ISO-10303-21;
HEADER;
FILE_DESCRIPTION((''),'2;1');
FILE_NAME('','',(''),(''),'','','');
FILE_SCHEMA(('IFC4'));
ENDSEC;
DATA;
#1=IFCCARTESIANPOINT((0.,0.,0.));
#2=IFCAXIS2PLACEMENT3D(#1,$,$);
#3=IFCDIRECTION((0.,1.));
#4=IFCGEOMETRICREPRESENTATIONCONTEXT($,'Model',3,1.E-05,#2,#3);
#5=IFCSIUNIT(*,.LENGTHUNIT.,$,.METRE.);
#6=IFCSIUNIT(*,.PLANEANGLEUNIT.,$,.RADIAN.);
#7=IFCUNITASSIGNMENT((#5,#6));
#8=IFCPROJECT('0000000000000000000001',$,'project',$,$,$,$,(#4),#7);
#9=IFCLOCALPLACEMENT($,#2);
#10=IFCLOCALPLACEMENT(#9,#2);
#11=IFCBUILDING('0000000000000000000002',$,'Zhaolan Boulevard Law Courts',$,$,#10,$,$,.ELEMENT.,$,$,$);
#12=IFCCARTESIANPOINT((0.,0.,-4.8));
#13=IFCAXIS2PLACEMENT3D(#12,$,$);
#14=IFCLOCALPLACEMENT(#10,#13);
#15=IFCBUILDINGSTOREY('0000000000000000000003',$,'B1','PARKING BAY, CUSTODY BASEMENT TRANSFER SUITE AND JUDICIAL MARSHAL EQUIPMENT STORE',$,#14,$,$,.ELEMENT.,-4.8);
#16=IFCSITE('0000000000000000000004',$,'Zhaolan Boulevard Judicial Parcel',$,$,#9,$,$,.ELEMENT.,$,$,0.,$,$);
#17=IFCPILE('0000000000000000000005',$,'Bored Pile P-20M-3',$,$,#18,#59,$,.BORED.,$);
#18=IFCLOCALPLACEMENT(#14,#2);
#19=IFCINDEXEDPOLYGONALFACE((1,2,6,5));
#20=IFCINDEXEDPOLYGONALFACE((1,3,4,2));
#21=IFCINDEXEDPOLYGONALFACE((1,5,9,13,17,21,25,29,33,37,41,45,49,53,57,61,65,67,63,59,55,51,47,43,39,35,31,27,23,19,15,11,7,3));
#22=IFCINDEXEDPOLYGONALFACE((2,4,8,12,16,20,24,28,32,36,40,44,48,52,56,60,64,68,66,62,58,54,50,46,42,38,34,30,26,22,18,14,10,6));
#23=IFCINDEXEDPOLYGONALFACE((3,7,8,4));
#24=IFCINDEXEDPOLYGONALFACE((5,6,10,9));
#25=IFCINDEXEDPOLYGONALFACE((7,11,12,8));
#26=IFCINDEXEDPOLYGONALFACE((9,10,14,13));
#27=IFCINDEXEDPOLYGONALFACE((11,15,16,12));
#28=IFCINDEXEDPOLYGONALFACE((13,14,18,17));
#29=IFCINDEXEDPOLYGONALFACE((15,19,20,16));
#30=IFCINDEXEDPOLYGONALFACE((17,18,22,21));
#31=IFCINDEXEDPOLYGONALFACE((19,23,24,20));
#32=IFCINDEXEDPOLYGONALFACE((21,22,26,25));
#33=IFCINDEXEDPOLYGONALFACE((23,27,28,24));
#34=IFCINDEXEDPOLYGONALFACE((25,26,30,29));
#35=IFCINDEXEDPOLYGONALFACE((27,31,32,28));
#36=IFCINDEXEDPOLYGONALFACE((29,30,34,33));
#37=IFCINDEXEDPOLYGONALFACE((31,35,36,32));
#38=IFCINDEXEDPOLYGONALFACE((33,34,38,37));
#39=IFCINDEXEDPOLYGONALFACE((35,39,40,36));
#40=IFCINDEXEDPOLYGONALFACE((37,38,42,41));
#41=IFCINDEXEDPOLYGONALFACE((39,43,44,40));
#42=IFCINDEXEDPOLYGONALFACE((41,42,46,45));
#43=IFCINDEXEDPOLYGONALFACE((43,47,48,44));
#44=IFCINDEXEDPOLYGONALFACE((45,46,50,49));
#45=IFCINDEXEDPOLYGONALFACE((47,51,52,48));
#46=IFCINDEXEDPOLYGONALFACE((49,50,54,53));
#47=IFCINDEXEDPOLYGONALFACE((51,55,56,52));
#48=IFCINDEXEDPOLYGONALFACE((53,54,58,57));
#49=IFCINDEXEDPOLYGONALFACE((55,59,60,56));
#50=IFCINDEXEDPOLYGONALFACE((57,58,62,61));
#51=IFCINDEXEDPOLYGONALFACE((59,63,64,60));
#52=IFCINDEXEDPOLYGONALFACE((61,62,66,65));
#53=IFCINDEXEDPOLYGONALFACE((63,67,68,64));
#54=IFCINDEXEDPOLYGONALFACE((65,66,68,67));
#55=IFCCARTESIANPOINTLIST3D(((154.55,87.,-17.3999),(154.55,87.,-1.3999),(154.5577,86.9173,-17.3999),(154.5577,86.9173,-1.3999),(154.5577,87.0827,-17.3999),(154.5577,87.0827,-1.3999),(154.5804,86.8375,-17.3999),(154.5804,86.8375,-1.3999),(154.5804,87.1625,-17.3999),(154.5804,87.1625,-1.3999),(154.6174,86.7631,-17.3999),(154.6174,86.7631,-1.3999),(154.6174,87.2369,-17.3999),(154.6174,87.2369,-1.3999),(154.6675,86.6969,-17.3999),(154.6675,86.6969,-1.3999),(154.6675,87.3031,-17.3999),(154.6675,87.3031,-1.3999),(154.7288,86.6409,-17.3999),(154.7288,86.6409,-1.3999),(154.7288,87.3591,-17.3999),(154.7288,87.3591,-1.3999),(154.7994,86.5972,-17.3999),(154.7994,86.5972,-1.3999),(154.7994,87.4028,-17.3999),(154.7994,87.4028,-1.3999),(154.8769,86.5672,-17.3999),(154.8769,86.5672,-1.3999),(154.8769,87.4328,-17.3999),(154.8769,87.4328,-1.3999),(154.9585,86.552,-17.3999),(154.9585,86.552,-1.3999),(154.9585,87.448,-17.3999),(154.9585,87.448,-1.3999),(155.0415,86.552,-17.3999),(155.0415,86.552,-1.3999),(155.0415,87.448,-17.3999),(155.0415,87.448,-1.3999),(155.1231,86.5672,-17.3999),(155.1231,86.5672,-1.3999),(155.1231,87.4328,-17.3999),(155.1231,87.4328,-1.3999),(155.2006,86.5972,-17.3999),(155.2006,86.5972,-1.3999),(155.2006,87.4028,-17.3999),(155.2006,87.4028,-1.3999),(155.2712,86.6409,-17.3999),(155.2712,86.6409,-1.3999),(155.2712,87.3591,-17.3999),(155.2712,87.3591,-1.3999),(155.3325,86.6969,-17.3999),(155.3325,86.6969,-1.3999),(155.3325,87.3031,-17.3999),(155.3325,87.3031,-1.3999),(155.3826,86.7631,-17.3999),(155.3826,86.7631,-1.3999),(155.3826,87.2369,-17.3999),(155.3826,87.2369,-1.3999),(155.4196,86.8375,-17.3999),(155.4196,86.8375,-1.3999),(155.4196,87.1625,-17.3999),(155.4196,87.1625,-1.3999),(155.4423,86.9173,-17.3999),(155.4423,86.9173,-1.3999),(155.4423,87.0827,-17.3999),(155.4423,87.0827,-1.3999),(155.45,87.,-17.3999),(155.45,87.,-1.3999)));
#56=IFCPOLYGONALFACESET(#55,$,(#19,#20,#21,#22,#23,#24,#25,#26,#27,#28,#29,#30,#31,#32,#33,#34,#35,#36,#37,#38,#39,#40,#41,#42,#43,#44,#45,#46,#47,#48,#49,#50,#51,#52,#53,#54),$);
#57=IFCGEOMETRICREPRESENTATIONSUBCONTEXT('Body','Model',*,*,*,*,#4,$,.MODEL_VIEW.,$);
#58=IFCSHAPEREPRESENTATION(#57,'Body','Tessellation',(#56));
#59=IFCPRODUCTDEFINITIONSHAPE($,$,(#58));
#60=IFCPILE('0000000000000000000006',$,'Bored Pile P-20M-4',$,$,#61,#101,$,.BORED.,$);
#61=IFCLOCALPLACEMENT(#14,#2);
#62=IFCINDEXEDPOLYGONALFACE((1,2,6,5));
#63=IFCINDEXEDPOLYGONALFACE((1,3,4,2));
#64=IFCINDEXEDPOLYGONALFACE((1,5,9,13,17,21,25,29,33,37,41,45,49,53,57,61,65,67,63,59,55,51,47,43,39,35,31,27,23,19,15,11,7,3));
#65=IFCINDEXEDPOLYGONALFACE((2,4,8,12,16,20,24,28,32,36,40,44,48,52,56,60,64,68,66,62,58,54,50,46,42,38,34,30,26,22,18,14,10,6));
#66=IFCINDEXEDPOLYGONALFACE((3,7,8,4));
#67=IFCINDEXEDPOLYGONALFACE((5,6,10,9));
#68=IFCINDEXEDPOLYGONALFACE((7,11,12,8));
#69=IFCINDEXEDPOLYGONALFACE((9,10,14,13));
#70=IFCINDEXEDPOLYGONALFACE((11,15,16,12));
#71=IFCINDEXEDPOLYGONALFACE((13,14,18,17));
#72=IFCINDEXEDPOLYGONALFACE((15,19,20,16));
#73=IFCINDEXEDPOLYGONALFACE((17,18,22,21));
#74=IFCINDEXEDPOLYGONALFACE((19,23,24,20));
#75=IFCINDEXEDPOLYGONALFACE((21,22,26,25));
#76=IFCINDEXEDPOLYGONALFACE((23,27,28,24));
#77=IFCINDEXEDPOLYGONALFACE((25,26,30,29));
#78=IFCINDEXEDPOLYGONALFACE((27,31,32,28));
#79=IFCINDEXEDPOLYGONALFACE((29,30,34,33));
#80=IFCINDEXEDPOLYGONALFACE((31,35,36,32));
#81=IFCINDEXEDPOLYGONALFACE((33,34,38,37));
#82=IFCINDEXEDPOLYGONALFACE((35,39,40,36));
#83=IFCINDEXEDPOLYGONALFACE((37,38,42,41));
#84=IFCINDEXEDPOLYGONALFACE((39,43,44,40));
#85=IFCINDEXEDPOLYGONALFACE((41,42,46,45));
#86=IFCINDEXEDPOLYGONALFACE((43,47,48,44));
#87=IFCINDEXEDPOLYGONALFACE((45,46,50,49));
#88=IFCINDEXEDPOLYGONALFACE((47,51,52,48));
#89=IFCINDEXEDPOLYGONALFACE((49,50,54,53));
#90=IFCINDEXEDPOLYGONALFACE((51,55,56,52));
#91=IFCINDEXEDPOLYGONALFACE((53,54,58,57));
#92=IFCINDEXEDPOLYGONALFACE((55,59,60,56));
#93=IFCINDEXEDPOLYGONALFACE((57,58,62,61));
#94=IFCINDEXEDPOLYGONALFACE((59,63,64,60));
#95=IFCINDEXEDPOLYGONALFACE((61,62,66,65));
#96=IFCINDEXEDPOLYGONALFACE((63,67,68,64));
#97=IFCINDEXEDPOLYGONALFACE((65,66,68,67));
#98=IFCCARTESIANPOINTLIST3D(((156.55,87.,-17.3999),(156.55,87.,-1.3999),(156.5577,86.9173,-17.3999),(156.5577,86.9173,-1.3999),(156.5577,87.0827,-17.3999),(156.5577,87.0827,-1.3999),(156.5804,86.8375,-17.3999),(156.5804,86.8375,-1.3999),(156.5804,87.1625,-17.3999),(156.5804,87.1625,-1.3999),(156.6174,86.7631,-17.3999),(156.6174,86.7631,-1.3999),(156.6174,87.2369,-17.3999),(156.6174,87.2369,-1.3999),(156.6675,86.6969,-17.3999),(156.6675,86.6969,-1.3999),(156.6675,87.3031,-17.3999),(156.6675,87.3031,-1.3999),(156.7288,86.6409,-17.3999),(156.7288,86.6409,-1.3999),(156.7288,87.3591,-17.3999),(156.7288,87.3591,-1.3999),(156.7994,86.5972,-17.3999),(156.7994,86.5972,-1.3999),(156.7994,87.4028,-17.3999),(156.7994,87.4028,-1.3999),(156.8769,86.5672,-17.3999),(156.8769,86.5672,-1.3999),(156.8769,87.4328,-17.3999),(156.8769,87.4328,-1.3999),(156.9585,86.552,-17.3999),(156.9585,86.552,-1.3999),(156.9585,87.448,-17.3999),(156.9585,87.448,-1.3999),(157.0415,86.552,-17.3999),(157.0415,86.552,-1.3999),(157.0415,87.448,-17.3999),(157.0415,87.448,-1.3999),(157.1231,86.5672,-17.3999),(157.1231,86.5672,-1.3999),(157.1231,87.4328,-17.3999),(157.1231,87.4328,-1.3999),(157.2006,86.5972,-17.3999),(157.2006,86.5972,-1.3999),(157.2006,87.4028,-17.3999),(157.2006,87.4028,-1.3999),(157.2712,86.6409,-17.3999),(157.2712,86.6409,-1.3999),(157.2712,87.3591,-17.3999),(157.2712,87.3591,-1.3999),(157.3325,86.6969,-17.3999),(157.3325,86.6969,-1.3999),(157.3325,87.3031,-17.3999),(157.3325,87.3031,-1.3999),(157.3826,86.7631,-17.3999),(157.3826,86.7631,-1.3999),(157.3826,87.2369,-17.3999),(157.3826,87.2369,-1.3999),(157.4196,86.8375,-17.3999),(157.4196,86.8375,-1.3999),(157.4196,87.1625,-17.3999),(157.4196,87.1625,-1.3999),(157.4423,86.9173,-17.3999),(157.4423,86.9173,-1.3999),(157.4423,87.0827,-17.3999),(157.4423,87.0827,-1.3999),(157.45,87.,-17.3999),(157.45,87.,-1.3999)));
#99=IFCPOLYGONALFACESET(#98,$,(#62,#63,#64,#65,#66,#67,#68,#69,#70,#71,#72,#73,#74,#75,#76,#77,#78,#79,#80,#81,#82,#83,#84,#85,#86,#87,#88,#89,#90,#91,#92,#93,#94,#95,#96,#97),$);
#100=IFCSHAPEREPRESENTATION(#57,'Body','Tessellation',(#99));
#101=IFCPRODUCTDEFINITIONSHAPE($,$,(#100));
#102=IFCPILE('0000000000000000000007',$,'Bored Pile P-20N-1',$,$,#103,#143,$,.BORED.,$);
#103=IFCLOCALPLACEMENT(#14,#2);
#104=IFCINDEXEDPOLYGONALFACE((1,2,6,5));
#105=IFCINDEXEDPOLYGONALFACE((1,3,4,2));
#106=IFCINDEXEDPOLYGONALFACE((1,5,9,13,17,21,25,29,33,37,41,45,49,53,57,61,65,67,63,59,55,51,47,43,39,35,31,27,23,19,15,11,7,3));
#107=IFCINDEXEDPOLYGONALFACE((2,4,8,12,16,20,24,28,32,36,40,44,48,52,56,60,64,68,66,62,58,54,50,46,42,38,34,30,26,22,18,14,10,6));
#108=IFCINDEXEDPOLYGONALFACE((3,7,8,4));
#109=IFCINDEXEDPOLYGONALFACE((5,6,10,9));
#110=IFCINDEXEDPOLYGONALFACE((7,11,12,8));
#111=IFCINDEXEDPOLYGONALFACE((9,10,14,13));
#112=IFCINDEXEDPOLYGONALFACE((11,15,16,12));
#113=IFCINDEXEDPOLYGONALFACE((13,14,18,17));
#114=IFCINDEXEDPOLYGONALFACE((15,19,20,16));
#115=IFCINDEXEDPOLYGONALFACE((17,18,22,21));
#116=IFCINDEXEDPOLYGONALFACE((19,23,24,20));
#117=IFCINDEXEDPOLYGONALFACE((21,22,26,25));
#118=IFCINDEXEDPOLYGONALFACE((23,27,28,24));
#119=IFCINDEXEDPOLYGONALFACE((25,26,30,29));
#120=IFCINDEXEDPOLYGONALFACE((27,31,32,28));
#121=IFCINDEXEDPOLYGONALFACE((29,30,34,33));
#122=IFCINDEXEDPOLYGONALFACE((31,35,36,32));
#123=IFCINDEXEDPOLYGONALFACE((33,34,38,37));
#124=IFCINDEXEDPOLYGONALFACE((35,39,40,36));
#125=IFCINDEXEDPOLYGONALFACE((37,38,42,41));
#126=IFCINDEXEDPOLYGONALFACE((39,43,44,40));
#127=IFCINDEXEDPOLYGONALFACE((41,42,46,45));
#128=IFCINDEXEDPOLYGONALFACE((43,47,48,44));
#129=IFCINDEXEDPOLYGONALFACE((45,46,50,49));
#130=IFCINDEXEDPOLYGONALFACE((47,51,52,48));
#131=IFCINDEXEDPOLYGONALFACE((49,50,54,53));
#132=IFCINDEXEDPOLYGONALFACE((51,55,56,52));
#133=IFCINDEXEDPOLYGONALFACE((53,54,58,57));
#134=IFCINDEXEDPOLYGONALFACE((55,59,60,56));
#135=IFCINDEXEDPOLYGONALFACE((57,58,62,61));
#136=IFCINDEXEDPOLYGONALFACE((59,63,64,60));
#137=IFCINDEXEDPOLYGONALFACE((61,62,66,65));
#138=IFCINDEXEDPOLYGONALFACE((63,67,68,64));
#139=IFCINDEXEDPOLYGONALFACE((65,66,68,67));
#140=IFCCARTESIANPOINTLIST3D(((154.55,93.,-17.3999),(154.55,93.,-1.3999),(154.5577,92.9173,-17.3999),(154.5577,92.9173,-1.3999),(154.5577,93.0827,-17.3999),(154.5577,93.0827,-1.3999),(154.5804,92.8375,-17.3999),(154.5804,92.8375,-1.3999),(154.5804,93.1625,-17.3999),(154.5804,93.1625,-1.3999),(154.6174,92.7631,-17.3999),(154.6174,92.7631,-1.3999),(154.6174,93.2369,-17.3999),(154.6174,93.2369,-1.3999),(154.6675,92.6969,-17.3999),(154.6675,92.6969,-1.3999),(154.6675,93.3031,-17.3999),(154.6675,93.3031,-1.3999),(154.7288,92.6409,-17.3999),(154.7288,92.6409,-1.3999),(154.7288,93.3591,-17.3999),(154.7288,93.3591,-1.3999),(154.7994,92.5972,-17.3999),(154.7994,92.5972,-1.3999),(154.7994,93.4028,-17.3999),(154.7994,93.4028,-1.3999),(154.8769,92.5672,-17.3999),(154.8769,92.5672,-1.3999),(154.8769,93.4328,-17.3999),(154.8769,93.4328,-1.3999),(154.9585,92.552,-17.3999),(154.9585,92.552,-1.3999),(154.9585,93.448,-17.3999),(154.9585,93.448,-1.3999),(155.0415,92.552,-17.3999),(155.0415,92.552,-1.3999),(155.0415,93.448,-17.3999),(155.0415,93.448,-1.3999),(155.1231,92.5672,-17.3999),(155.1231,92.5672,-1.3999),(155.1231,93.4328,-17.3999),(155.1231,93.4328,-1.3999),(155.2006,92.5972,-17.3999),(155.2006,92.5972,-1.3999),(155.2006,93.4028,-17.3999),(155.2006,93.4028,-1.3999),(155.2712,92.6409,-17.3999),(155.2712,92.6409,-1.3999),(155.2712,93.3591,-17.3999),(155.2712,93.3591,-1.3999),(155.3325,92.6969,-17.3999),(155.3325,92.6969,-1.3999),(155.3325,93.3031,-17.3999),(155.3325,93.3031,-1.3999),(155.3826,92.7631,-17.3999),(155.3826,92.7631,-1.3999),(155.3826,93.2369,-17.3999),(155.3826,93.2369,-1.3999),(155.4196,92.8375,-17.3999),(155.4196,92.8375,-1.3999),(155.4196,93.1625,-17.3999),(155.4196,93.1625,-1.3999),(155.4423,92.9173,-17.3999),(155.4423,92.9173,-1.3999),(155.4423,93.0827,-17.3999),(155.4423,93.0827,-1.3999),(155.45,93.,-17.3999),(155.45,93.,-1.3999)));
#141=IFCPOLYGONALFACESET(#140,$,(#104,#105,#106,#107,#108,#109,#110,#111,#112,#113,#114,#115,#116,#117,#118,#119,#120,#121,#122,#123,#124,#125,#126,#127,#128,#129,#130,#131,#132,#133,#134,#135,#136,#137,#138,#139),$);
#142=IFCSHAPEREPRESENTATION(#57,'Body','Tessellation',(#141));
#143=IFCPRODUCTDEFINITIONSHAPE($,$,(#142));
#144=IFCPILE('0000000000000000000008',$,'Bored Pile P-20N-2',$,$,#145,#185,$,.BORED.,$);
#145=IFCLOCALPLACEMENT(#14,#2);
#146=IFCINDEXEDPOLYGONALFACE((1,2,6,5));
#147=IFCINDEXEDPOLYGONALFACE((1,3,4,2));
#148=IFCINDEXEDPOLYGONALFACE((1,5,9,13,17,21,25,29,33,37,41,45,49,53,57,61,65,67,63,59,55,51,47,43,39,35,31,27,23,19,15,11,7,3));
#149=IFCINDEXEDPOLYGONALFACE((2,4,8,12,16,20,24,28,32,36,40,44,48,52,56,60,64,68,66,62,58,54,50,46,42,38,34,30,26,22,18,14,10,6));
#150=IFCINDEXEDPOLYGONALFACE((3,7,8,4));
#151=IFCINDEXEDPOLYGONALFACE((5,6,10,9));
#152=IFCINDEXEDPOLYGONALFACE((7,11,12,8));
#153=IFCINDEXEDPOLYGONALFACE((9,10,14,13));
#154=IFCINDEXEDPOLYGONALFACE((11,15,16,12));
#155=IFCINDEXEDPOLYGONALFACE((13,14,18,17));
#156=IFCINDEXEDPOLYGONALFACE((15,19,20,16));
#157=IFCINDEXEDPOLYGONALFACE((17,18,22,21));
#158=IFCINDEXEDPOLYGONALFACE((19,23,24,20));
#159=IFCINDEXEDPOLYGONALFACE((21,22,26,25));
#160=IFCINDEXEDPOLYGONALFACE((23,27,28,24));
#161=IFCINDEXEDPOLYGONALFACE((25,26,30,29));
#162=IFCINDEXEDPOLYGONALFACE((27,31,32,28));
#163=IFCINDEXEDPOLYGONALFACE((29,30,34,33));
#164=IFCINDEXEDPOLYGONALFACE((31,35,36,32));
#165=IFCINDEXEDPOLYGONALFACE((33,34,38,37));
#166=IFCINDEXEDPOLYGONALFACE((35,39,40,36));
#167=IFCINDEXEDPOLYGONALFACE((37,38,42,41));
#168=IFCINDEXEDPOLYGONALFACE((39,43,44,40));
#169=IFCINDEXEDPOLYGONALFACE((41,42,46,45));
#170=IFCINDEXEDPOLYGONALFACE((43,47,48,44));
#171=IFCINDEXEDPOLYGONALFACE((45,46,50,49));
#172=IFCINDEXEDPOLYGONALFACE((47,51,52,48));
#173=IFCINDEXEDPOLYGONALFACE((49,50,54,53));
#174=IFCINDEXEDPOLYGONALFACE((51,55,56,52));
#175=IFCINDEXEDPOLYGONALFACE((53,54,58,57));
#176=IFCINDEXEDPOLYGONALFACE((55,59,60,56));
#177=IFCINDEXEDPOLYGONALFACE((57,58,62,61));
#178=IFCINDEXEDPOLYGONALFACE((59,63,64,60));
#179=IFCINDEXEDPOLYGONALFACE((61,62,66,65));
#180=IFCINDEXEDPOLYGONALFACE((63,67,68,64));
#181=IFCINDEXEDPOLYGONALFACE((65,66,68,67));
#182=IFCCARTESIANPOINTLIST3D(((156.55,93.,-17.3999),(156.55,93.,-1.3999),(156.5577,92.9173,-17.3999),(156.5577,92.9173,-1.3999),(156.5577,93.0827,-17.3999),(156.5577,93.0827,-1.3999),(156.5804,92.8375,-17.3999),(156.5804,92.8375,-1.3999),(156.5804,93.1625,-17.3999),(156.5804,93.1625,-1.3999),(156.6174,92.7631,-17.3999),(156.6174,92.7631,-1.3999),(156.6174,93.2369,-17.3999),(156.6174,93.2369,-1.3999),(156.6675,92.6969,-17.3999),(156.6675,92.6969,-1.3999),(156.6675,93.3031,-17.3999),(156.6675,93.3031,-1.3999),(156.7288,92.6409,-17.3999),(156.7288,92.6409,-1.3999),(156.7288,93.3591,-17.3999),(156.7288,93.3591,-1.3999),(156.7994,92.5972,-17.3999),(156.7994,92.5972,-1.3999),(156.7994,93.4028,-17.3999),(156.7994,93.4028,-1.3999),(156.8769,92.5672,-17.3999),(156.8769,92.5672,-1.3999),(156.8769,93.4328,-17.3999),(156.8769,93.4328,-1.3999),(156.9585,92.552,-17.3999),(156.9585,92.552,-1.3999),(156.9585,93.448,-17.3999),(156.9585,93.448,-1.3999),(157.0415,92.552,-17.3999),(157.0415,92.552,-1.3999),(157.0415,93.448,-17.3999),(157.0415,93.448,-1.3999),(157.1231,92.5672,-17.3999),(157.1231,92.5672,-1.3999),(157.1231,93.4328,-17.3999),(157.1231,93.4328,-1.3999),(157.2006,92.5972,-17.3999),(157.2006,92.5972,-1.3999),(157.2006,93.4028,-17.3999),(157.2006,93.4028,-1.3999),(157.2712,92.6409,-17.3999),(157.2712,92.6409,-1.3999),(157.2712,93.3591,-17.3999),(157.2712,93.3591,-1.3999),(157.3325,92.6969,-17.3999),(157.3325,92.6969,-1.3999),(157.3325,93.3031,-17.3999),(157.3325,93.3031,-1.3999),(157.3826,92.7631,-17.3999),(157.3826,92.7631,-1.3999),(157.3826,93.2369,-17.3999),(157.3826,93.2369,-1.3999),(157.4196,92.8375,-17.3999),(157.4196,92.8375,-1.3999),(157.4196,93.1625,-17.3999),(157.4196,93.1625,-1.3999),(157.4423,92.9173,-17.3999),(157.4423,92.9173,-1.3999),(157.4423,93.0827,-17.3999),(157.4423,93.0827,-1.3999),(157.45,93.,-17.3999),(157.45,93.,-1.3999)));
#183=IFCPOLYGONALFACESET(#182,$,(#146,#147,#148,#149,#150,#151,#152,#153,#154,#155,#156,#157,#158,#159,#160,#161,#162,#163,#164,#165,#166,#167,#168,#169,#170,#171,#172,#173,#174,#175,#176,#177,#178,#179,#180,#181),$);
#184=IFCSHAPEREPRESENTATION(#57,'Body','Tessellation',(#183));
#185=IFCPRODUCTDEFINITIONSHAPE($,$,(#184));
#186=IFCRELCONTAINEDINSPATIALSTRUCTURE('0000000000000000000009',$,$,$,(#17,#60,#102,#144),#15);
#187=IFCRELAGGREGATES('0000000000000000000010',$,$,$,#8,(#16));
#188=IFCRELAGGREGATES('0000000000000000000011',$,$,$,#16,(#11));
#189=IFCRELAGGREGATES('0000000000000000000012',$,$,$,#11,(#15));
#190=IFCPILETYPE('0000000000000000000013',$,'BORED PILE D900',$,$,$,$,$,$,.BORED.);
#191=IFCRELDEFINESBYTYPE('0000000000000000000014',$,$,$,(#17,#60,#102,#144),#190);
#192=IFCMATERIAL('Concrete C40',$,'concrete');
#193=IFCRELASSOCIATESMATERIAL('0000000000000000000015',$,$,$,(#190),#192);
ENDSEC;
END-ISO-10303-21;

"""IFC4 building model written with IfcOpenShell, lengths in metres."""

from ifc_helpers import new_model, si_unit, direction, frame, origin, origin_2d, place, context, subcontext, project, spatial, circle, extrude, material, material_profile, profile_set, type_object, element, save


model = new_model("IFC4")

# Units and contexts
model_context = context("Model", 3, precision=1e-05, world=origin(), true_north=direction((0.0, 1.0)))
body_context = subcontext(model_context, "Body", "Model", "MODEL_VIEW")
ifc_project = project(units=[si_unit("LENGTHUNIT", "METRE"), si_unit("PLANEANGLEUNIT", "RADIAN")], contexts=[model_context])

# Site, building, storey
site_placement = place(None, origin())
site = spatial("IfcSite", under=ifc_project, at=site_placement, Name="Zhaolan Boulevard Judicial Parcel", CompositionType="ELEMENT", RefElevation=0.0)
building_placement = place(site_placement, origin())
building = spatial("IfcBuilding", under=site, at=building_placement, Name="Zhaolan Boulevard Law Courts", CompositionType="ELEMENT")
storey_placement = place(building_placement, frame((0.0, 0.0, -4.8)))
storey = spatial("IfcBuildingStorey", under=building, at=storey_placement, Name="B1", Description="PARKING BAY, CUSTODY BASEMENT TRANSFER SUITE AND JUDICIAL MARSHAL EQUIPMENT STORE", CompositionType="ELEMENT", Elevation=-4.8)

# Piles
ifc_material_1 = material(Name="Concrete C40", Category="concrete")
ifc_material_profile_1 = material_profile(ifc_material_1, circle(Radius=0.45, at=origin_2d()), Name="PILE-D900")
ifc_profile_set_1 = profile_set([ifc_material_profile_1], Name="Concrete C40")
pile_type = type_object("IfcPileType", Name="BORED PILE D900", PredefinedType="BORED", material=ifc_profile_set_1)
for number, where, z_axis, x_axis, name in (
    (1, (155.0, 87.0, -1.3999), (0.0, 0.0, -1.0), (1.0, 0.0, 0.0), "Bored Pile P-20M-3"),
    (2, (157.0, 87.0, -1.3999), (0.0, 0.0, -1.0), (1.0, 0.0, 0.0), "Bored Pile P-20M-4"),
    (3, (155.0, 93.0, -1.3999), (0.0, 0.0, -1.0), (1.0, 0.0, 0.0), "Bored Pile P-20N-1"),
    (4, (157.0, 93.0, -1.3999), (0.0, 0.0, -1.0), (1.0, 0.0, 0.0), "Bored Pile P-20N-2"),
):
    element("IfcPile", number, at=place(storey_placement, frame(where, z_axis=z_axis, x_axis=x_axis)), inside=storey, type_object=pile_type, Name=name, PredefinedType="BORED", context=body_context, shape_type="SweptSolid", body=[
        extrude(circle(Radius=0.45, at=origin_2d()), origin(), (0.0, 0.0, 1.0), 16.0),
    ])

save(model, "model.ifc")
